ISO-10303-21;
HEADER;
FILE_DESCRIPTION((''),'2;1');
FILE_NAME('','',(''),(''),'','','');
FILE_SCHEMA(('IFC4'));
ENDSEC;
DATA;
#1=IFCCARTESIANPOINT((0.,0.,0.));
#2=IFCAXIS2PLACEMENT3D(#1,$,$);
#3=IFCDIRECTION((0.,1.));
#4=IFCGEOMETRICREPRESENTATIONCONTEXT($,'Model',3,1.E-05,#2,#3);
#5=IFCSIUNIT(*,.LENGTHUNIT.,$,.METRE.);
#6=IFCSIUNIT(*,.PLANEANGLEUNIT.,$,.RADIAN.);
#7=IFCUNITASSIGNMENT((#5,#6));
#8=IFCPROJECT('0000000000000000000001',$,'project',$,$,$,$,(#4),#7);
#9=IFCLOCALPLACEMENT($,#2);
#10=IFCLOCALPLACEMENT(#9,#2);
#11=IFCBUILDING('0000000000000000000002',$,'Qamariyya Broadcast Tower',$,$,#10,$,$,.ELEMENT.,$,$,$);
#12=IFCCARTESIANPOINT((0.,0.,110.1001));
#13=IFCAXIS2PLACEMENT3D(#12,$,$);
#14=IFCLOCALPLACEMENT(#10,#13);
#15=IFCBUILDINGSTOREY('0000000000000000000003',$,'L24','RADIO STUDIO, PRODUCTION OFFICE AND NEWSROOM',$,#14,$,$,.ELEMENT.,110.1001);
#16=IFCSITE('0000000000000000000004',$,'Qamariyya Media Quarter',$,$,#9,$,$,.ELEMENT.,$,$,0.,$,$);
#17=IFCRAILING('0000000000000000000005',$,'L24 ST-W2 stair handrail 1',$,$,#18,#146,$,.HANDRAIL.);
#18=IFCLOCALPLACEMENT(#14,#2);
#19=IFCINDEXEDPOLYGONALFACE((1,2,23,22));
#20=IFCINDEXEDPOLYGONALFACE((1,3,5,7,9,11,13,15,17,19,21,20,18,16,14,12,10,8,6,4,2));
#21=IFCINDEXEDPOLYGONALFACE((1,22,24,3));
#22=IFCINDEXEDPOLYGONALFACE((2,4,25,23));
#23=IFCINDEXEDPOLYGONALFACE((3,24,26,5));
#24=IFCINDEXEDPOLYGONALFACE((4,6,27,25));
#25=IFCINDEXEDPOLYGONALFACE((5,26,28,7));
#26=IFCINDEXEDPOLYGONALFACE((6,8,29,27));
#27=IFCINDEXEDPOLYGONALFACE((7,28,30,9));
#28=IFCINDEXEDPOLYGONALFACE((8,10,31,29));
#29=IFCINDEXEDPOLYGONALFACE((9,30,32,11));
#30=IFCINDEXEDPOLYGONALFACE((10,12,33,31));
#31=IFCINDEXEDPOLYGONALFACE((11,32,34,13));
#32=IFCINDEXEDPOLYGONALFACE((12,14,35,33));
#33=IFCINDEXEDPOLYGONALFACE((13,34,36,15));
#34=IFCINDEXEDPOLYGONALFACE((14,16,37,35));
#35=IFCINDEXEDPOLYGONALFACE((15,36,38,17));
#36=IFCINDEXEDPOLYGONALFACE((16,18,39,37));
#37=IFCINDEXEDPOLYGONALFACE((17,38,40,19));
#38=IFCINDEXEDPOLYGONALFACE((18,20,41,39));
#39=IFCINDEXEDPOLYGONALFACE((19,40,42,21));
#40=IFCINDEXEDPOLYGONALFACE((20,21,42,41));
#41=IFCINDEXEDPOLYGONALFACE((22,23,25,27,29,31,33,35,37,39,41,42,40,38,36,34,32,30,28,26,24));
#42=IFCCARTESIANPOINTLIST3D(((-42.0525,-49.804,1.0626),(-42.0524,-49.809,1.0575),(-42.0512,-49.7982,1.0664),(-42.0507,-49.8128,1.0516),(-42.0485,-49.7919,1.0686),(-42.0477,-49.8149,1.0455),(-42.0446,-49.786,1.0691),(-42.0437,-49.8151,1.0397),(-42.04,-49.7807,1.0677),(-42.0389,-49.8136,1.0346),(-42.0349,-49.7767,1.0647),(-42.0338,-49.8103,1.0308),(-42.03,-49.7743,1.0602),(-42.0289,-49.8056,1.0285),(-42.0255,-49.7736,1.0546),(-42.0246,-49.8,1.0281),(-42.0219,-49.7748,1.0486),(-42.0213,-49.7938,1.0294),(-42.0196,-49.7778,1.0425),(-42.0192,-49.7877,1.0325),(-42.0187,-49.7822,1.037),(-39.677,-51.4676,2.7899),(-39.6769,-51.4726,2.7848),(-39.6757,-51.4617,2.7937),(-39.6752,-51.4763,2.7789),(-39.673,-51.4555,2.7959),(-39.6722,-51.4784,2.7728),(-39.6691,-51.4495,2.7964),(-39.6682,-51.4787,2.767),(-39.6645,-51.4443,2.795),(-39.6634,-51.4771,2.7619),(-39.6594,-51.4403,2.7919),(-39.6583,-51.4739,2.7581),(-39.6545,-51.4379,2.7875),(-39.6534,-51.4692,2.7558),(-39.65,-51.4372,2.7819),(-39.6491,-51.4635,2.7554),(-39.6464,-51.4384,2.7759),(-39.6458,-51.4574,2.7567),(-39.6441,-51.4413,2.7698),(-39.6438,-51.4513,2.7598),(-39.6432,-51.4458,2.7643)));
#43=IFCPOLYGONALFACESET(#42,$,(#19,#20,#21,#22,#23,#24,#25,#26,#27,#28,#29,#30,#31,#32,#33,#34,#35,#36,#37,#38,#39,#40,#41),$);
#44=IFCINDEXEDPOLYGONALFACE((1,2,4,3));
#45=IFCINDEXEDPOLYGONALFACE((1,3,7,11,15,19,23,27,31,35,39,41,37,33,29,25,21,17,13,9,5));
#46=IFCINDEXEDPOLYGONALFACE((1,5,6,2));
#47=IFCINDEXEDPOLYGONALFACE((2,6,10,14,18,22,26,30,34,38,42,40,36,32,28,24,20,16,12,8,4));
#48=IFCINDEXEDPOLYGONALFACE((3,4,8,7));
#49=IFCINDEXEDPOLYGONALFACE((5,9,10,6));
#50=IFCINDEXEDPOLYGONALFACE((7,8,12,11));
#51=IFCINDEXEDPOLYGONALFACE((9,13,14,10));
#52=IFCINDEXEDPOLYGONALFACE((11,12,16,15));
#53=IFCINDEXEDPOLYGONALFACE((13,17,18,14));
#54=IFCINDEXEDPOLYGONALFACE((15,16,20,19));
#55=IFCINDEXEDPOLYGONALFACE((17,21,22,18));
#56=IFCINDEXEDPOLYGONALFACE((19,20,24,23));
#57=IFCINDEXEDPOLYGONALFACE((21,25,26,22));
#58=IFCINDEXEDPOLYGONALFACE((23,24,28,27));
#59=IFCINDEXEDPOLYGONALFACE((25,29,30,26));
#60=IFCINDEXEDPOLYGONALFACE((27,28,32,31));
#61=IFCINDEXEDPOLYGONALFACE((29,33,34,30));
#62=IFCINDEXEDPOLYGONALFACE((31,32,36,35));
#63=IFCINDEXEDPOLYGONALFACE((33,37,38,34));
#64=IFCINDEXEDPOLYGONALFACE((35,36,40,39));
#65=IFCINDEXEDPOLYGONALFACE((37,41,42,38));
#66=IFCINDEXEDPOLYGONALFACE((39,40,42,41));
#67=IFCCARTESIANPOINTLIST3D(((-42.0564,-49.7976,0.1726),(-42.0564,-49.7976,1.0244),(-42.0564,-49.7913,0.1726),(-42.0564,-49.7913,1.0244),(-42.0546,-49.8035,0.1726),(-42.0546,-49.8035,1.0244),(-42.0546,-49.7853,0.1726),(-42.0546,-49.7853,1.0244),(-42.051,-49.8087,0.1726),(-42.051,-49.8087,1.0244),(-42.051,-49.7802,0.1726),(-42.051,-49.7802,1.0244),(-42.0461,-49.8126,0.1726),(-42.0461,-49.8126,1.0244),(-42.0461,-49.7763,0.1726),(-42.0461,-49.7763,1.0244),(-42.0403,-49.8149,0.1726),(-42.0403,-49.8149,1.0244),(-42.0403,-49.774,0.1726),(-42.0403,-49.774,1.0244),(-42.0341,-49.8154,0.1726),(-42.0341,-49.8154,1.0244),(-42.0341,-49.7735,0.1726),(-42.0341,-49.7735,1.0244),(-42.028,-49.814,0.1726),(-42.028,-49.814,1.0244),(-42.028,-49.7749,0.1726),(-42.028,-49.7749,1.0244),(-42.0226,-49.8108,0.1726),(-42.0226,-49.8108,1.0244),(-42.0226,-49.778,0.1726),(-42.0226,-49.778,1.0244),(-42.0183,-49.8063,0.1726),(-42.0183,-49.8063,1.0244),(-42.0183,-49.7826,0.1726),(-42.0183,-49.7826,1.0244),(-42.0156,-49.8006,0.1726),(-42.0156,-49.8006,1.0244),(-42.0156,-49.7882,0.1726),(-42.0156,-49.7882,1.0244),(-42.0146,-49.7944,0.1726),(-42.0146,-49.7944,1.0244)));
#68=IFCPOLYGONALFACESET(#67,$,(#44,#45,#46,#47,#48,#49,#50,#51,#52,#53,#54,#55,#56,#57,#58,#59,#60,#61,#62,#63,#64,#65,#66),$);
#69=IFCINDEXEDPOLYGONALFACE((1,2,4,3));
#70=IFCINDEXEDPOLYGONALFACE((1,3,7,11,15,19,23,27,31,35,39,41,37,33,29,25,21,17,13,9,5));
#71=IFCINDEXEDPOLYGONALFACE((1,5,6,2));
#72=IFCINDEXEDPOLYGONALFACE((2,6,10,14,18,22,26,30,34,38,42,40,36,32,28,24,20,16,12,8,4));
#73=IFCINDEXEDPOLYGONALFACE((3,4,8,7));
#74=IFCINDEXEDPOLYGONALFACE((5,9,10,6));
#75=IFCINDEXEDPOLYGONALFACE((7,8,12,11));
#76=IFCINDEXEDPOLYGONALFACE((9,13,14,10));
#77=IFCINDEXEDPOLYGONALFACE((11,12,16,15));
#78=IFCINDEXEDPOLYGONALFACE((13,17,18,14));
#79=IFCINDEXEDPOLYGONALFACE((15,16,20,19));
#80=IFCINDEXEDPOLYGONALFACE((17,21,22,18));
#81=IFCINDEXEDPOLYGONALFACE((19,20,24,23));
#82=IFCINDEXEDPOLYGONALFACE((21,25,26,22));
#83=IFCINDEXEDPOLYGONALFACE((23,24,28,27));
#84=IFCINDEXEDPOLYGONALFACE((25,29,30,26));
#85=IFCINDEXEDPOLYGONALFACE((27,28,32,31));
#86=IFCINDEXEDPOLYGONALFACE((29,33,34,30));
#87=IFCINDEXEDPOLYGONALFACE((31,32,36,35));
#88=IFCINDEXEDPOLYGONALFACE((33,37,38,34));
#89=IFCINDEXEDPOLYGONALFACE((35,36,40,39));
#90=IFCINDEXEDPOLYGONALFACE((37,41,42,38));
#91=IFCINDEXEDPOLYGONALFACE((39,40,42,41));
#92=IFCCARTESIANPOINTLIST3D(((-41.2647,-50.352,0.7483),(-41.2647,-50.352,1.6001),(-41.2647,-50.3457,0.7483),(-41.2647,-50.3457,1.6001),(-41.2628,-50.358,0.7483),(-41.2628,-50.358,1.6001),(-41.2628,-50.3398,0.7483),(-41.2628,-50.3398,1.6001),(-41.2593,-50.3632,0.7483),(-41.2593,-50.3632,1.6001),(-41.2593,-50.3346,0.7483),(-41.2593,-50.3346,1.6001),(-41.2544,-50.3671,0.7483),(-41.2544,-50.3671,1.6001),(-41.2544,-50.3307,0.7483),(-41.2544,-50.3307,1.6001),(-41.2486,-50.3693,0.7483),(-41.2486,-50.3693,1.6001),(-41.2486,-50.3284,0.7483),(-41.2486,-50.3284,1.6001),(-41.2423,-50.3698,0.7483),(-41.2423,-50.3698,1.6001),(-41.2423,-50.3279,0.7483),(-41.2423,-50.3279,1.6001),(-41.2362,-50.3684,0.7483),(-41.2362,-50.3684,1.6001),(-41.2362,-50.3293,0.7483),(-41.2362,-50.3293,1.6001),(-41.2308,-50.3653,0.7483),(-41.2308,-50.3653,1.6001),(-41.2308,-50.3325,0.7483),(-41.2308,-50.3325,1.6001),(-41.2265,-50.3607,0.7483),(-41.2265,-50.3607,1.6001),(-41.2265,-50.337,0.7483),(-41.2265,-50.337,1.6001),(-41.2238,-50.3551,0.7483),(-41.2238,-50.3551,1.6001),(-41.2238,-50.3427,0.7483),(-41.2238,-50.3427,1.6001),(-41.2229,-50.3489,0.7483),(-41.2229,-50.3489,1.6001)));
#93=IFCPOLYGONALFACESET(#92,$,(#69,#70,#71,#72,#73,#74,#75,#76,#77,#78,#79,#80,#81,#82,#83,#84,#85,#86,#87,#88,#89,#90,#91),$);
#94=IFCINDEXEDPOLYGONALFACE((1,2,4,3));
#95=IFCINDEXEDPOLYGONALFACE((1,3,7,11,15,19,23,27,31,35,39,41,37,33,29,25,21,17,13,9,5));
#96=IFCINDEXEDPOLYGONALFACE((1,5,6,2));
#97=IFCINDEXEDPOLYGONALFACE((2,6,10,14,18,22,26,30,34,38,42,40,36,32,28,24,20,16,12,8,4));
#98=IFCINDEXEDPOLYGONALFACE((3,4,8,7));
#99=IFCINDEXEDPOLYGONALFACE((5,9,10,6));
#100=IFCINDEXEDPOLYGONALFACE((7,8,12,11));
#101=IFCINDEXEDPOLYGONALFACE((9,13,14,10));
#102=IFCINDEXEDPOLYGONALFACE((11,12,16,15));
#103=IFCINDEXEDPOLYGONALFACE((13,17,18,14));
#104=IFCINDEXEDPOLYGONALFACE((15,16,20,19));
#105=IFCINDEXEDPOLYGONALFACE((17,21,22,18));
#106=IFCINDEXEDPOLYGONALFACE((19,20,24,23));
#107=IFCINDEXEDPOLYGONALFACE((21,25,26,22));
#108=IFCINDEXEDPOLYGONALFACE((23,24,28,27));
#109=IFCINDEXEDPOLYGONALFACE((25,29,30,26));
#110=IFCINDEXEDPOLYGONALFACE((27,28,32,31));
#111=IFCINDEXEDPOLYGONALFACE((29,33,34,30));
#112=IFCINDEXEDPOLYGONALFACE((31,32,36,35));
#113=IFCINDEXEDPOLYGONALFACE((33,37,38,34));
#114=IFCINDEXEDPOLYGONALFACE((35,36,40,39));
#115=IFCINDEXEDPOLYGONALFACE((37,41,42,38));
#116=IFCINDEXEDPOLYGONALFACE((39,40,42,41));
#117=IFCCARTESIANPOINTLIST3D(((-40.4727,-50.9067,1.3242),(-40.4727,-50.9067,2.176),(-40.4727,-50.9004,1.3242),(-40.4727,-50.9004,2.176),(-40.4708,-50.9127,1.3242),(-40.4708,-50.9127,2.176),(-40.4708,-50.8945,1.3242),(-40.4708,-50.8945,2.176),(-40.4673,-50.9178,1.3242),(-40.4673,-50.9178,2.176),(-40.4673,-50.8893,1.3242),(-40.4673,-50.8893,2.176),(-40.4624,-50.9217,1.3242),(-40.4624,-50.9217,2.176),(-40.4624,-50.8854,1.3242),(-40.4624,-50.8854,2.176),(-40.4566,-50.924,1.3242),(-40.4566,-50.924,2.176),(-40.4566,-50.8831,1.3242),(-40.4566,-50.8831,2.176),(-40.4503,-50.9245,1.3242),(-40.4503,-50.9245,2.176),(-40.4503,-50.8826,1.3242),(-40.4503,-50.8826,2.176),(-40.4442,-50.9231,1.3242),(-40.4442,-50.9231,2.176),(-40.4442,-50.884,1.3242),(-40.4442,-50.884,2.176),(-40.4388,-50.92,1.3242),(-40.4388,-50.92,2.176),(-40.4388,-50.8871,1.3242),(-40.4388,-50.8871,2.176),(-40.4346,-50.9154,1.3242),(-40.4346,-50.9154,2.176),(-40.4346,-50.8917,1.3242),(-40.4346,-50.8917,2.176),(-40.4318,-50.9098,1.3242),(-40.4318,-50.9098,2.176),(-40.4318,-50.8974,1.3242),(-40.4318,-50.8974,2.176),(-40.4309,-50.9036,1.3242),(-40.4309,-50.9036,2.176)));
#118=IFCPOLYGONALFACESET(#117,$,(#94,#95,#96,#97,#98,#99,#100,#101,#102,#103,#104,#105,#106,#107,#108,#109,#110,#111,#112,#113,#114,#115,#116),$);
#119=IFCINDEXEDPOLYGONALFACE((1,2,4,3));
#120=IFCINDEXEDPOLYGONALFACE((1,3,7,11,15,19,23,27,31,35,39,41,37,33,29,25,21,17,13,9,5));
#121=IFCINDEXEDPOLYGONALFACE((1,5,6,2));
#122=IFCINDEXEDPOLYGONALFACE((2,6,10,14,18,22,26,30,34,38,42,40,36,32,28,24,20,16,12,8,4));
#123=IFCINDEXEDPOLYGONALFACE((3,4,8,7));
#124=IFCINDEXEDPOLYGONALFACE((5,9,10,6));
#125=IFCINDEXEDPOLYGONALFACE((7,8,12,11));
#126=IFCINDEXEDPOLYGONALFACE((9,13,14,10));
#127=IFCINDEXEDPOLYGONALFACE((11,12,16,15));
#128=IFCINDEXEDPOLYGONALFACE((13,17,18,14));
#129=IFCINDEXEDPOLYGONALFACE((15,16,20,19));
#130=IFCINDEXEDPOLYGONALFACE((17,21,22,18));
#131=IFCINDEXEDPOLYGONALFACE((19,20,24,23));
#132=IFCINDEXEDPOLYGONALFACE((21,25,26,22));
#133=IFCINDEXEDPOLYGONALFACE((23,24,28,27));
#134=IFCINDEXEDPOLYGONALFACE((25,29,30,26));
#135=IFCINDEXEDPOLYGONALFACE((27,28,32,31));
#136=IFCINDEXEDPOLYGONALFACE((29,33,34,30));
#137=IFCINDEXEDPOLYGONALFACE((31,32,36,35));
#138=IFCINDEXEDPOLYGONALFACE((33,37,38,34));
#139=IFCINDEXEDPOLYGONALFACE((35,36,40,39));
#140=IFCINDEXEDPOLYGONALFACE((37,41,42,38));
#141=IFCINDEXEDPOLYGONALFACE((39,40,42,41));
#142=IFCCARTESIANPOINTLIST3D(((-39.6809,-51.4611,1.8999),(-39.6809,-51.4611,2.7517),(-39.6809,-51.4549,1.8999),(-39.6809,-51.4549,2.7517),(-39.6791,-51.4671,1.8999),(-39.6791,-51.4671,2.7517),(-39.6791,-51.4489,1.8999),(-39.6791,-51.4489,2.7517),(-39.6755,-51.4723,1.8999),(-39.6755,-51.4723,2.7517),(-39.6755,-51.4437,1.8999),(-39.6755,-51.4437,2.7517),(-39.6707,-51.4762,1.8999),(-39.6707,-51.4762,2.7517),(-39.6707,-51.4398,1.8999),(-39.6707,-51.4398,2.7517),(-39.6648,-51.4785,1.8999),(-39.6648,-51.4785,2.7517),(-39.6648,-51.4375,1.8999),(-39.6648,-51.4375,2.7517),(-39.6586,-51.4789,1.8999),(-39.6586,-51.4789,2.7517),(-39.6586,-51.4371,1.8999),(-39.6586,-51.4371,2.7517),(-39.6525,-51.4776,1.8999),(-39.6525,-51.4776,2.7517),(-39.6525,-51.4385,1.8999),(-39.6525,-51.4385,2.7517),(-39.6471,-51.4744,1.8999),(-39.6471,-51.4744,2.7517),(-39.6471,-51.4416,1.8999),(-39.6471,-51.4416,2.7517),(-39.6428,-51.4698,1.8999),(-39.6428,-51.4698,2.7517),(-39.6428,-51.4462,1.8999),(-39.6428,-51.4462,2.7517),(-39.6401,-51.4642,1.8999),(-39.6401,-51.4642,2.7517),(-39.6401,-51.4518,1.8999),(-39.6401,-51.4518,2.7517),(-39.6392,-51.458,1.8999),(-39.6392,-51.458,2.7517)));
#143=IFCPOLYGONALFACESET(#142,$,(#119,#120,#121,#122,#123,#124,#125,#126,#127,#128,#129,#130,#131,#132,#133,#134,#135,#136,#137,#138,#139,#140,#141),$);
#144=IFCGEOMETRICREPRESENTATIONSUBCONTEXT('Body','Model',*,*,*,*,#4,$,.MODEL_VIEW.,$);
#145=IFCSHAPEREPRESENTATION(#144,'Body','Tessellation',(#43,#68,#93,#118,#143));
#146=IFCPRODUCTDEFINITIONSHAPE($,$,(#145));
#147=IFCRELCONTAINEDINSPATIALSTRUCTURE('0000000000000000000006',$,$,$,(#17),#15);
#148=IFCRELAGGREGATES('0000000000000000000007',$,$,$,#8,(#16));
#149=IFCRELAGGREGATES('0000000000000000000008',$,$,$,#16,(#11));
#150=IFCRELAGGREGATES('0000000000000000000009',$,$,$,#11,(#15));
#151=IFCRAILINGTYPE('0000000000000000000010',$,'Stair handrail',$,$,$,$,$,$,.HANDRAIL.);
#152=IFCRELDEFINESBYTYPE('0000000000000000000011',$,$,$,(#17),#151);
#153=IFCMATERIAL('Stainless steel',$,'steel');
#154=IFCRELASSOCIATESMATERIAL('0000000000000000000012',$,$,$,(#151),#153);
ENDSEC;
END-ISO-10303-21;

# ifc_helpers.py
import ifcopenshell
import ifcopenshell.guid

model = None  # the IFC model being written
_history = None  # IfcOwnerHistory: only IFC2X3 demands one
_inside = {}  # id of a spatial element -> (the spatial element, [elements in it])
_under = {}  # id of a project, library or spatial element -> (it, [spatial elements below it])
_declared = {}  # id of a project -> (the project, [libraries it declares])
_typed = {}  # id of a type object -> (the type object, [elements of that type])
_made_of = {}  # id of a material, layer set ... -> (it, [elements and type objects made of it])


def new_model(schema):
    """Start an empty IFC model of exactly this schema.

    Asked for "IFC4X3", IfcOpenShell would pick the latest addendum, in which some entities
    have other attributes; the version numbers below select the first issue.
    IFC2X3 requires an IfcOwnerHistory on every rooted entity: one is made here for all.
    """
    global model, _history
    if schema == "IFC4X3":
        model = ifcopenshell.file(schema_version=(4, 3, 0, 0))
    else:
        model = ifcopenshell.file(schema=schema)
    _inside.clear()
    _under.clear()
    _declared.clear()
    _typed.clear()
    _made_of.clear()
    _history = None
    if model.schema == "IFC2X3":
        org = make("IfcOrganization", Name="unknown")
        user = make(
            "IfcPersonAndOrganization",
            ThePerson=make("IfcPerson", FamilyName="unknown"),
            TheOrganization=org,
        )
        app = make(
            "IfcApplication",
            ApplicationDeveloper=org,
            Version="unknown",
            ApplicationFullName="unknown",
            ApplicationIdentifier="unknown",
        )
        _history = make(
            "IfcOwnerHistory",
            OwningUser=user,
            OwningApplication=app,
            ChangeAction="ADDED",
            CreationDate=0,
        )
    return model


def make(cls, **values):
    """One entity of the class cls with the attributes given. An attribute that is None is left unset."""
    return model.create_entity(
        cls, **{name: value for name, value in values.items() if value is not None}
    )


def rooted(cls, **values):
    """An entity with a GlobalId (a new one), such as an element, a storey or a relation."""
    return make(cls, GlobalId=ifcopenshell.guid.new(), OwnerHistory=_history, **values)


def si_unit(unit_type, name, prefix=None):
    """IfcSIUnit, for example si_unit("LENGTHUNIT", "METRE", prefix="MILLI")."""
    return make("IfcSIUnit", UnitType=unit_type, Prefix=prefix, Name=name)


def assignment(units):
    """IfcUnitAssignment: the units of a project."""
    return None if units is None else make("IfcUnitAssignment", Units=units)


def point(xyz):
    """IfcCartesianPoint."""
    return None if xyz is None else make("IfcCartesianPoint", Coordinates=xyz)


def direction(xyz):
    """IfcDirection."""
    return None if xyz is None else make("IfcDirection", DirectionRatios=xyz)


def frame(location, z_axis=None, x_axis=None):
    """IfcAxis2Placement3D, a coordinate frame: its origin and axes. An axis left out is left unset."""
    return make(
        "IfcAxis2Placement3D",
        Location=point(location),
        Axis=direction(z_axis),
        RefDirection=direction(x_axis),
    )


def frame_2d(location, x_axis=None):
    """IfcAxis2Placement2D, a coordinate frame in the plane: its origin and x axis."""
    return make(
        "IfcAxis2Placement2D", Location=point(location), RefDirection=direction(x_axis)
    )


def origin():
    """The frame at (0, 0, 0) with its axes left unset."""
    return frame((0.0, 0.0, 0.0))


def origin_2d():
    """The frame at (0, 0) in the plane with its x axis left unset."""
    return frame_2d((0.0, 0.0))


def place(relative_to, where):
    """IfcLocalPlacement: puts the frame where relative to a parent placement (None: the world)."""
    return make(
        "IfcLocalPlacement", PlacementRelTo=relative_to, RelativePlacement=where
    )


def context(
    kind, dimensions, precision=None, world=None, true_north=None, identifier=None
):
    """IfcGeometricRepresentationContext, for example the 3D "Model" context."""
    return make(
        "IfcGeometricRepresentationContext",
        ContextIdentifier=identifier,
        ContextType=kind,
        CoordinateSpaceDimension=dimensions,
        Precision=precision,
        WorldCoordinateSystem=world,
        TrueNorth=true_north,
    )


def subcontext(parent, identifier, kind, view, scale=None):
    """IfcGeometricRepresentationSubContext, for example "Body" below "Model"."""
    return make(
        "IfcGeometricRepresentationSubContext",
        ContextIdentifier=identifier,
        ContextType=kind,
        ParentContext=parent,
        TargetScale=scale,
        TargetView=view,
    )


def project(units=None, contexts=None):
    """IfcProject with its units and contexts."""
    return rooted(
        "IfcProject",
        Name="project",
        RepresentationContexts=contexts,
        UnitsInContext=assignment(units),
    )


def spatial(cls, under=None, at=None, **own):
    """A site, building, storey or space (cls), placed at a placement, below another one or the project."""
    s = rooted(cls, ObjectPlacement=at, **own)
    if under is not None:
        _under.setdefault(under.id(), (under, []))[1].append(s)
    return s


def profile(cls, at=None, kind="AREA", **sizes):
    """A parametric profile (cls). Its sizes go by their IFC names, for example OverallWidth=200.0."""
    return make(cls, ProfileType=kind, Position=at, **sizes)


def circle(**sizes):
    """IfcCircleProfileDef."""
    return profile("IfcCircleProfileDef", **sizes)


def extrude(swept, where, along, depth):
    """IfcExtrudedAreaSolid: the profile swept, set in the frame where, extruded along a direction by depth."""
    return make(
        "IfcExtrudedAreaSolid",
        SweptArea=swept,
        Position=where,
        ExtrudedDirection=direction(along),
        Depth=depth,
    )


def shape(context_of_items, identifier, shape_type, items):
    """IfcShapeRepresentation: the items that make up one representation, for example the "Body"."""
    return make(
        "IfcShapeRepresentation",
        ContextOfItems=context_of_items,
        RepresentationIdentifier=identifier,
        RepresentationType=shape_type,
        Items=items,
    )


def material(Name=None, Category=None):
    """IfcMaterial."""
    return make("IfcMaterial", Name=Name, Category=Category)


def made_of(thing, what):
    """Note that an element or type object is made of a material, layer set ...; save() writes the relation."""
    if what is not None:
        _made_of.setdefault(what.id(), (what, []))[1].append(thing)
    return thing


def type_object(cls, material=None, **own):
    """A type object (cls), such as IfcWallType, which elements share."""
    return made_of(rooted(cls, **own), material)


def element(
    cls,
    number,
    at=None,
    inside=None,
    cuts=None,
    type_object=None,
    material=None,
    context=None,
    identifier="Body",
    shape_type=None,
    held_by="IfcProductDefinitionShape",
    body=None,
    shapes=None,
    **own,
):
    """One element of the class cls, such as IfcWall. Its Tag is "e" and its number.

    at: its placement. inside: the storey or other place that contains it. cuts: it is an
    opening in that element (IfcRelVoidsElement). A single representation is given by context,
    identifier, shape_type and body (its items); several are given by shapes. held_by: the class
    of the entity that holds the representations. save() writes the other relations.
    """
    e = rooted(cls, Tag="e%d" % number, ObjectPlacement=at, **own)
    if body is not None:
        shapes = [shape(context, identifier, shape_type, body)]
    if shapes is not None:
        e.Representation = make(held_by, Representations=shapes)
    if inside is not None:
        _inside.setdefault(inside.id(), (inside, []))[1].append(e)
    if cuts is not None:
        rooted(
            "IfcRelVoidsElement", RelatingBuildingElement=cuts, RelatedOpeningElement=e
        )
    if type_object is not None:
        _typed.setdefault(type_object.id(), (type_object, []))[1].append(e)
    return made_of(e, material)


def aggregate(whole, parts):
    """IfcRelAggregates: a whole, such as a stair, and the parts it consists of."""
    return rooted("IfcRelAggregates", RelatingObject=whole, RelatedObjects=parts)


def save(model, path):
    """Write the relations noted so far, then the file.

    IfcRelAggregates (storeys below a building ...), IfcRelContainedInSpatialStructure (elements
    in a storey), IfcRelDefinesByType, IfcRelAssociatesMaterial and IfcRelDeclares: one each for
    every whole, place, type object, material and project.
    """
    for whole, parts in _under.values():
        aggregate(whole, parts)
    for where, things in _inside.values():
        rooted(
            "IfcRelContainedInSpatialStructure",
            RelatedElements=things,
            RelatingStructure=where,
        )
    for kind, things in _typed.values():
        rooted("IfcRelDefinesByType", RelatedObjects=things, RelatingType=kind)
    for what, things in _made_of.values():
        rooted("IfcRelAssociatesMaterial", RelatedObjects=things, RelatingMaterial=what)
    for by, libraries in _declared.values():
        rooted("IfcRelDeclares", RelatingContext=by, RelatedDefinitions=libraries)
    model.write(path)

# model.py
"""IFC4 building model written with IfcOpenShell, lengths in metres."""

from ifc_helpers import new_model, si_unit, direction, frame, origin, origin_2d, place, context, subcontext, project, spatial, circle, extrude, material, type_object, element, save


model = new_model("IFC4")

# Units and contexts
model_context = context("Model", 3, precision=1e-05, world=origin(), true_north=direction((0.0, 1.0)))
body_context = subcontext(model_context, "Body", "Model", "MODEL_VIEW")
ifc_project = project(units=[si_unit("LENGTHUNIT", "METRE"), si_unit("PLANEANGLEUNIT", "RADIAN")], contexts=[model_context])

# Site, building, storey
site_placement = place(None, origin())
site = spatial("IfcSite", under=ifc_project, at=site_placement, Name="Qamariyya Media Quarter", CompositionType="ELEMENT", RefElevation=0.0)
building_placement = place(site_placement, origin())
building = spatial("IfcBuilding", under=site, at=building_placement, Name="Qamariyya Broadcast Tower", CompositionType="ELEMENT")
storey_placement = place(building_placement, frame((0.0, 0.0, 110.1001)))
storey = spatial("IfcBuildingStorey", under=building, at=storey_placement, Name="L24", Description="RADIO STUDIO, PRODUCTION OFFICE AND NEWSROOM", CompositionType="ELEMENT", Elevation=110.1001)

# Railing
ifc_material_1 = material(Name="Stainless steel", Category="steel")
railing_type_1 = type_object("IfcRailingType", Name="Stair handrail", PredefinedType="HANDRAIL", material=ifc_material_1)
railing_1_placement = place(storey_placement, frame((-42.0356, -49.7944, 0.1726)))
element("IfcRailing", 1, at=railing_1_placement, inside=storey, type_object=railing_type_1, Name="L24 ST-W2 stair handrail 1", PredefinedType="HANDRAIL", context=body_context, shape_type="SweptSolid", body=[
    extrude(circle(Radius=0.0239, at=origin_2d()), frame((0.0, 0.0, 0.876), z_axis=(0.703745, -0.492838, 0.511716), x_axis=(0.573632, 0.819113, 0.0)), (0.0, 0.0, 1.0), 3.3755),
    extrude(circle(Radius=0.021, at=origin_2d()), origin(), (0.0, 0.0, 1.0), 0.8518),
    extrude(circle(Radius=0.021, at=origin_2d()), frame((0.7917, -0.5544, 0.5757)), (0.0, 0.0, 1.0), 0.8518),
    extrude(circle(Radius=0.021, at=origin_2d()), frame((1.5837, -1.1091, 1.1516)), (0.0, 0.0, 1.0), 0.8518),
    extrude(circle(Radius=0.021, at=origin_2d()), frame((2.3755, -1.6636, 1.7273)), (0.0, 0.0, 1.0), 0.8518),
])

save(model, "model.ifc")
